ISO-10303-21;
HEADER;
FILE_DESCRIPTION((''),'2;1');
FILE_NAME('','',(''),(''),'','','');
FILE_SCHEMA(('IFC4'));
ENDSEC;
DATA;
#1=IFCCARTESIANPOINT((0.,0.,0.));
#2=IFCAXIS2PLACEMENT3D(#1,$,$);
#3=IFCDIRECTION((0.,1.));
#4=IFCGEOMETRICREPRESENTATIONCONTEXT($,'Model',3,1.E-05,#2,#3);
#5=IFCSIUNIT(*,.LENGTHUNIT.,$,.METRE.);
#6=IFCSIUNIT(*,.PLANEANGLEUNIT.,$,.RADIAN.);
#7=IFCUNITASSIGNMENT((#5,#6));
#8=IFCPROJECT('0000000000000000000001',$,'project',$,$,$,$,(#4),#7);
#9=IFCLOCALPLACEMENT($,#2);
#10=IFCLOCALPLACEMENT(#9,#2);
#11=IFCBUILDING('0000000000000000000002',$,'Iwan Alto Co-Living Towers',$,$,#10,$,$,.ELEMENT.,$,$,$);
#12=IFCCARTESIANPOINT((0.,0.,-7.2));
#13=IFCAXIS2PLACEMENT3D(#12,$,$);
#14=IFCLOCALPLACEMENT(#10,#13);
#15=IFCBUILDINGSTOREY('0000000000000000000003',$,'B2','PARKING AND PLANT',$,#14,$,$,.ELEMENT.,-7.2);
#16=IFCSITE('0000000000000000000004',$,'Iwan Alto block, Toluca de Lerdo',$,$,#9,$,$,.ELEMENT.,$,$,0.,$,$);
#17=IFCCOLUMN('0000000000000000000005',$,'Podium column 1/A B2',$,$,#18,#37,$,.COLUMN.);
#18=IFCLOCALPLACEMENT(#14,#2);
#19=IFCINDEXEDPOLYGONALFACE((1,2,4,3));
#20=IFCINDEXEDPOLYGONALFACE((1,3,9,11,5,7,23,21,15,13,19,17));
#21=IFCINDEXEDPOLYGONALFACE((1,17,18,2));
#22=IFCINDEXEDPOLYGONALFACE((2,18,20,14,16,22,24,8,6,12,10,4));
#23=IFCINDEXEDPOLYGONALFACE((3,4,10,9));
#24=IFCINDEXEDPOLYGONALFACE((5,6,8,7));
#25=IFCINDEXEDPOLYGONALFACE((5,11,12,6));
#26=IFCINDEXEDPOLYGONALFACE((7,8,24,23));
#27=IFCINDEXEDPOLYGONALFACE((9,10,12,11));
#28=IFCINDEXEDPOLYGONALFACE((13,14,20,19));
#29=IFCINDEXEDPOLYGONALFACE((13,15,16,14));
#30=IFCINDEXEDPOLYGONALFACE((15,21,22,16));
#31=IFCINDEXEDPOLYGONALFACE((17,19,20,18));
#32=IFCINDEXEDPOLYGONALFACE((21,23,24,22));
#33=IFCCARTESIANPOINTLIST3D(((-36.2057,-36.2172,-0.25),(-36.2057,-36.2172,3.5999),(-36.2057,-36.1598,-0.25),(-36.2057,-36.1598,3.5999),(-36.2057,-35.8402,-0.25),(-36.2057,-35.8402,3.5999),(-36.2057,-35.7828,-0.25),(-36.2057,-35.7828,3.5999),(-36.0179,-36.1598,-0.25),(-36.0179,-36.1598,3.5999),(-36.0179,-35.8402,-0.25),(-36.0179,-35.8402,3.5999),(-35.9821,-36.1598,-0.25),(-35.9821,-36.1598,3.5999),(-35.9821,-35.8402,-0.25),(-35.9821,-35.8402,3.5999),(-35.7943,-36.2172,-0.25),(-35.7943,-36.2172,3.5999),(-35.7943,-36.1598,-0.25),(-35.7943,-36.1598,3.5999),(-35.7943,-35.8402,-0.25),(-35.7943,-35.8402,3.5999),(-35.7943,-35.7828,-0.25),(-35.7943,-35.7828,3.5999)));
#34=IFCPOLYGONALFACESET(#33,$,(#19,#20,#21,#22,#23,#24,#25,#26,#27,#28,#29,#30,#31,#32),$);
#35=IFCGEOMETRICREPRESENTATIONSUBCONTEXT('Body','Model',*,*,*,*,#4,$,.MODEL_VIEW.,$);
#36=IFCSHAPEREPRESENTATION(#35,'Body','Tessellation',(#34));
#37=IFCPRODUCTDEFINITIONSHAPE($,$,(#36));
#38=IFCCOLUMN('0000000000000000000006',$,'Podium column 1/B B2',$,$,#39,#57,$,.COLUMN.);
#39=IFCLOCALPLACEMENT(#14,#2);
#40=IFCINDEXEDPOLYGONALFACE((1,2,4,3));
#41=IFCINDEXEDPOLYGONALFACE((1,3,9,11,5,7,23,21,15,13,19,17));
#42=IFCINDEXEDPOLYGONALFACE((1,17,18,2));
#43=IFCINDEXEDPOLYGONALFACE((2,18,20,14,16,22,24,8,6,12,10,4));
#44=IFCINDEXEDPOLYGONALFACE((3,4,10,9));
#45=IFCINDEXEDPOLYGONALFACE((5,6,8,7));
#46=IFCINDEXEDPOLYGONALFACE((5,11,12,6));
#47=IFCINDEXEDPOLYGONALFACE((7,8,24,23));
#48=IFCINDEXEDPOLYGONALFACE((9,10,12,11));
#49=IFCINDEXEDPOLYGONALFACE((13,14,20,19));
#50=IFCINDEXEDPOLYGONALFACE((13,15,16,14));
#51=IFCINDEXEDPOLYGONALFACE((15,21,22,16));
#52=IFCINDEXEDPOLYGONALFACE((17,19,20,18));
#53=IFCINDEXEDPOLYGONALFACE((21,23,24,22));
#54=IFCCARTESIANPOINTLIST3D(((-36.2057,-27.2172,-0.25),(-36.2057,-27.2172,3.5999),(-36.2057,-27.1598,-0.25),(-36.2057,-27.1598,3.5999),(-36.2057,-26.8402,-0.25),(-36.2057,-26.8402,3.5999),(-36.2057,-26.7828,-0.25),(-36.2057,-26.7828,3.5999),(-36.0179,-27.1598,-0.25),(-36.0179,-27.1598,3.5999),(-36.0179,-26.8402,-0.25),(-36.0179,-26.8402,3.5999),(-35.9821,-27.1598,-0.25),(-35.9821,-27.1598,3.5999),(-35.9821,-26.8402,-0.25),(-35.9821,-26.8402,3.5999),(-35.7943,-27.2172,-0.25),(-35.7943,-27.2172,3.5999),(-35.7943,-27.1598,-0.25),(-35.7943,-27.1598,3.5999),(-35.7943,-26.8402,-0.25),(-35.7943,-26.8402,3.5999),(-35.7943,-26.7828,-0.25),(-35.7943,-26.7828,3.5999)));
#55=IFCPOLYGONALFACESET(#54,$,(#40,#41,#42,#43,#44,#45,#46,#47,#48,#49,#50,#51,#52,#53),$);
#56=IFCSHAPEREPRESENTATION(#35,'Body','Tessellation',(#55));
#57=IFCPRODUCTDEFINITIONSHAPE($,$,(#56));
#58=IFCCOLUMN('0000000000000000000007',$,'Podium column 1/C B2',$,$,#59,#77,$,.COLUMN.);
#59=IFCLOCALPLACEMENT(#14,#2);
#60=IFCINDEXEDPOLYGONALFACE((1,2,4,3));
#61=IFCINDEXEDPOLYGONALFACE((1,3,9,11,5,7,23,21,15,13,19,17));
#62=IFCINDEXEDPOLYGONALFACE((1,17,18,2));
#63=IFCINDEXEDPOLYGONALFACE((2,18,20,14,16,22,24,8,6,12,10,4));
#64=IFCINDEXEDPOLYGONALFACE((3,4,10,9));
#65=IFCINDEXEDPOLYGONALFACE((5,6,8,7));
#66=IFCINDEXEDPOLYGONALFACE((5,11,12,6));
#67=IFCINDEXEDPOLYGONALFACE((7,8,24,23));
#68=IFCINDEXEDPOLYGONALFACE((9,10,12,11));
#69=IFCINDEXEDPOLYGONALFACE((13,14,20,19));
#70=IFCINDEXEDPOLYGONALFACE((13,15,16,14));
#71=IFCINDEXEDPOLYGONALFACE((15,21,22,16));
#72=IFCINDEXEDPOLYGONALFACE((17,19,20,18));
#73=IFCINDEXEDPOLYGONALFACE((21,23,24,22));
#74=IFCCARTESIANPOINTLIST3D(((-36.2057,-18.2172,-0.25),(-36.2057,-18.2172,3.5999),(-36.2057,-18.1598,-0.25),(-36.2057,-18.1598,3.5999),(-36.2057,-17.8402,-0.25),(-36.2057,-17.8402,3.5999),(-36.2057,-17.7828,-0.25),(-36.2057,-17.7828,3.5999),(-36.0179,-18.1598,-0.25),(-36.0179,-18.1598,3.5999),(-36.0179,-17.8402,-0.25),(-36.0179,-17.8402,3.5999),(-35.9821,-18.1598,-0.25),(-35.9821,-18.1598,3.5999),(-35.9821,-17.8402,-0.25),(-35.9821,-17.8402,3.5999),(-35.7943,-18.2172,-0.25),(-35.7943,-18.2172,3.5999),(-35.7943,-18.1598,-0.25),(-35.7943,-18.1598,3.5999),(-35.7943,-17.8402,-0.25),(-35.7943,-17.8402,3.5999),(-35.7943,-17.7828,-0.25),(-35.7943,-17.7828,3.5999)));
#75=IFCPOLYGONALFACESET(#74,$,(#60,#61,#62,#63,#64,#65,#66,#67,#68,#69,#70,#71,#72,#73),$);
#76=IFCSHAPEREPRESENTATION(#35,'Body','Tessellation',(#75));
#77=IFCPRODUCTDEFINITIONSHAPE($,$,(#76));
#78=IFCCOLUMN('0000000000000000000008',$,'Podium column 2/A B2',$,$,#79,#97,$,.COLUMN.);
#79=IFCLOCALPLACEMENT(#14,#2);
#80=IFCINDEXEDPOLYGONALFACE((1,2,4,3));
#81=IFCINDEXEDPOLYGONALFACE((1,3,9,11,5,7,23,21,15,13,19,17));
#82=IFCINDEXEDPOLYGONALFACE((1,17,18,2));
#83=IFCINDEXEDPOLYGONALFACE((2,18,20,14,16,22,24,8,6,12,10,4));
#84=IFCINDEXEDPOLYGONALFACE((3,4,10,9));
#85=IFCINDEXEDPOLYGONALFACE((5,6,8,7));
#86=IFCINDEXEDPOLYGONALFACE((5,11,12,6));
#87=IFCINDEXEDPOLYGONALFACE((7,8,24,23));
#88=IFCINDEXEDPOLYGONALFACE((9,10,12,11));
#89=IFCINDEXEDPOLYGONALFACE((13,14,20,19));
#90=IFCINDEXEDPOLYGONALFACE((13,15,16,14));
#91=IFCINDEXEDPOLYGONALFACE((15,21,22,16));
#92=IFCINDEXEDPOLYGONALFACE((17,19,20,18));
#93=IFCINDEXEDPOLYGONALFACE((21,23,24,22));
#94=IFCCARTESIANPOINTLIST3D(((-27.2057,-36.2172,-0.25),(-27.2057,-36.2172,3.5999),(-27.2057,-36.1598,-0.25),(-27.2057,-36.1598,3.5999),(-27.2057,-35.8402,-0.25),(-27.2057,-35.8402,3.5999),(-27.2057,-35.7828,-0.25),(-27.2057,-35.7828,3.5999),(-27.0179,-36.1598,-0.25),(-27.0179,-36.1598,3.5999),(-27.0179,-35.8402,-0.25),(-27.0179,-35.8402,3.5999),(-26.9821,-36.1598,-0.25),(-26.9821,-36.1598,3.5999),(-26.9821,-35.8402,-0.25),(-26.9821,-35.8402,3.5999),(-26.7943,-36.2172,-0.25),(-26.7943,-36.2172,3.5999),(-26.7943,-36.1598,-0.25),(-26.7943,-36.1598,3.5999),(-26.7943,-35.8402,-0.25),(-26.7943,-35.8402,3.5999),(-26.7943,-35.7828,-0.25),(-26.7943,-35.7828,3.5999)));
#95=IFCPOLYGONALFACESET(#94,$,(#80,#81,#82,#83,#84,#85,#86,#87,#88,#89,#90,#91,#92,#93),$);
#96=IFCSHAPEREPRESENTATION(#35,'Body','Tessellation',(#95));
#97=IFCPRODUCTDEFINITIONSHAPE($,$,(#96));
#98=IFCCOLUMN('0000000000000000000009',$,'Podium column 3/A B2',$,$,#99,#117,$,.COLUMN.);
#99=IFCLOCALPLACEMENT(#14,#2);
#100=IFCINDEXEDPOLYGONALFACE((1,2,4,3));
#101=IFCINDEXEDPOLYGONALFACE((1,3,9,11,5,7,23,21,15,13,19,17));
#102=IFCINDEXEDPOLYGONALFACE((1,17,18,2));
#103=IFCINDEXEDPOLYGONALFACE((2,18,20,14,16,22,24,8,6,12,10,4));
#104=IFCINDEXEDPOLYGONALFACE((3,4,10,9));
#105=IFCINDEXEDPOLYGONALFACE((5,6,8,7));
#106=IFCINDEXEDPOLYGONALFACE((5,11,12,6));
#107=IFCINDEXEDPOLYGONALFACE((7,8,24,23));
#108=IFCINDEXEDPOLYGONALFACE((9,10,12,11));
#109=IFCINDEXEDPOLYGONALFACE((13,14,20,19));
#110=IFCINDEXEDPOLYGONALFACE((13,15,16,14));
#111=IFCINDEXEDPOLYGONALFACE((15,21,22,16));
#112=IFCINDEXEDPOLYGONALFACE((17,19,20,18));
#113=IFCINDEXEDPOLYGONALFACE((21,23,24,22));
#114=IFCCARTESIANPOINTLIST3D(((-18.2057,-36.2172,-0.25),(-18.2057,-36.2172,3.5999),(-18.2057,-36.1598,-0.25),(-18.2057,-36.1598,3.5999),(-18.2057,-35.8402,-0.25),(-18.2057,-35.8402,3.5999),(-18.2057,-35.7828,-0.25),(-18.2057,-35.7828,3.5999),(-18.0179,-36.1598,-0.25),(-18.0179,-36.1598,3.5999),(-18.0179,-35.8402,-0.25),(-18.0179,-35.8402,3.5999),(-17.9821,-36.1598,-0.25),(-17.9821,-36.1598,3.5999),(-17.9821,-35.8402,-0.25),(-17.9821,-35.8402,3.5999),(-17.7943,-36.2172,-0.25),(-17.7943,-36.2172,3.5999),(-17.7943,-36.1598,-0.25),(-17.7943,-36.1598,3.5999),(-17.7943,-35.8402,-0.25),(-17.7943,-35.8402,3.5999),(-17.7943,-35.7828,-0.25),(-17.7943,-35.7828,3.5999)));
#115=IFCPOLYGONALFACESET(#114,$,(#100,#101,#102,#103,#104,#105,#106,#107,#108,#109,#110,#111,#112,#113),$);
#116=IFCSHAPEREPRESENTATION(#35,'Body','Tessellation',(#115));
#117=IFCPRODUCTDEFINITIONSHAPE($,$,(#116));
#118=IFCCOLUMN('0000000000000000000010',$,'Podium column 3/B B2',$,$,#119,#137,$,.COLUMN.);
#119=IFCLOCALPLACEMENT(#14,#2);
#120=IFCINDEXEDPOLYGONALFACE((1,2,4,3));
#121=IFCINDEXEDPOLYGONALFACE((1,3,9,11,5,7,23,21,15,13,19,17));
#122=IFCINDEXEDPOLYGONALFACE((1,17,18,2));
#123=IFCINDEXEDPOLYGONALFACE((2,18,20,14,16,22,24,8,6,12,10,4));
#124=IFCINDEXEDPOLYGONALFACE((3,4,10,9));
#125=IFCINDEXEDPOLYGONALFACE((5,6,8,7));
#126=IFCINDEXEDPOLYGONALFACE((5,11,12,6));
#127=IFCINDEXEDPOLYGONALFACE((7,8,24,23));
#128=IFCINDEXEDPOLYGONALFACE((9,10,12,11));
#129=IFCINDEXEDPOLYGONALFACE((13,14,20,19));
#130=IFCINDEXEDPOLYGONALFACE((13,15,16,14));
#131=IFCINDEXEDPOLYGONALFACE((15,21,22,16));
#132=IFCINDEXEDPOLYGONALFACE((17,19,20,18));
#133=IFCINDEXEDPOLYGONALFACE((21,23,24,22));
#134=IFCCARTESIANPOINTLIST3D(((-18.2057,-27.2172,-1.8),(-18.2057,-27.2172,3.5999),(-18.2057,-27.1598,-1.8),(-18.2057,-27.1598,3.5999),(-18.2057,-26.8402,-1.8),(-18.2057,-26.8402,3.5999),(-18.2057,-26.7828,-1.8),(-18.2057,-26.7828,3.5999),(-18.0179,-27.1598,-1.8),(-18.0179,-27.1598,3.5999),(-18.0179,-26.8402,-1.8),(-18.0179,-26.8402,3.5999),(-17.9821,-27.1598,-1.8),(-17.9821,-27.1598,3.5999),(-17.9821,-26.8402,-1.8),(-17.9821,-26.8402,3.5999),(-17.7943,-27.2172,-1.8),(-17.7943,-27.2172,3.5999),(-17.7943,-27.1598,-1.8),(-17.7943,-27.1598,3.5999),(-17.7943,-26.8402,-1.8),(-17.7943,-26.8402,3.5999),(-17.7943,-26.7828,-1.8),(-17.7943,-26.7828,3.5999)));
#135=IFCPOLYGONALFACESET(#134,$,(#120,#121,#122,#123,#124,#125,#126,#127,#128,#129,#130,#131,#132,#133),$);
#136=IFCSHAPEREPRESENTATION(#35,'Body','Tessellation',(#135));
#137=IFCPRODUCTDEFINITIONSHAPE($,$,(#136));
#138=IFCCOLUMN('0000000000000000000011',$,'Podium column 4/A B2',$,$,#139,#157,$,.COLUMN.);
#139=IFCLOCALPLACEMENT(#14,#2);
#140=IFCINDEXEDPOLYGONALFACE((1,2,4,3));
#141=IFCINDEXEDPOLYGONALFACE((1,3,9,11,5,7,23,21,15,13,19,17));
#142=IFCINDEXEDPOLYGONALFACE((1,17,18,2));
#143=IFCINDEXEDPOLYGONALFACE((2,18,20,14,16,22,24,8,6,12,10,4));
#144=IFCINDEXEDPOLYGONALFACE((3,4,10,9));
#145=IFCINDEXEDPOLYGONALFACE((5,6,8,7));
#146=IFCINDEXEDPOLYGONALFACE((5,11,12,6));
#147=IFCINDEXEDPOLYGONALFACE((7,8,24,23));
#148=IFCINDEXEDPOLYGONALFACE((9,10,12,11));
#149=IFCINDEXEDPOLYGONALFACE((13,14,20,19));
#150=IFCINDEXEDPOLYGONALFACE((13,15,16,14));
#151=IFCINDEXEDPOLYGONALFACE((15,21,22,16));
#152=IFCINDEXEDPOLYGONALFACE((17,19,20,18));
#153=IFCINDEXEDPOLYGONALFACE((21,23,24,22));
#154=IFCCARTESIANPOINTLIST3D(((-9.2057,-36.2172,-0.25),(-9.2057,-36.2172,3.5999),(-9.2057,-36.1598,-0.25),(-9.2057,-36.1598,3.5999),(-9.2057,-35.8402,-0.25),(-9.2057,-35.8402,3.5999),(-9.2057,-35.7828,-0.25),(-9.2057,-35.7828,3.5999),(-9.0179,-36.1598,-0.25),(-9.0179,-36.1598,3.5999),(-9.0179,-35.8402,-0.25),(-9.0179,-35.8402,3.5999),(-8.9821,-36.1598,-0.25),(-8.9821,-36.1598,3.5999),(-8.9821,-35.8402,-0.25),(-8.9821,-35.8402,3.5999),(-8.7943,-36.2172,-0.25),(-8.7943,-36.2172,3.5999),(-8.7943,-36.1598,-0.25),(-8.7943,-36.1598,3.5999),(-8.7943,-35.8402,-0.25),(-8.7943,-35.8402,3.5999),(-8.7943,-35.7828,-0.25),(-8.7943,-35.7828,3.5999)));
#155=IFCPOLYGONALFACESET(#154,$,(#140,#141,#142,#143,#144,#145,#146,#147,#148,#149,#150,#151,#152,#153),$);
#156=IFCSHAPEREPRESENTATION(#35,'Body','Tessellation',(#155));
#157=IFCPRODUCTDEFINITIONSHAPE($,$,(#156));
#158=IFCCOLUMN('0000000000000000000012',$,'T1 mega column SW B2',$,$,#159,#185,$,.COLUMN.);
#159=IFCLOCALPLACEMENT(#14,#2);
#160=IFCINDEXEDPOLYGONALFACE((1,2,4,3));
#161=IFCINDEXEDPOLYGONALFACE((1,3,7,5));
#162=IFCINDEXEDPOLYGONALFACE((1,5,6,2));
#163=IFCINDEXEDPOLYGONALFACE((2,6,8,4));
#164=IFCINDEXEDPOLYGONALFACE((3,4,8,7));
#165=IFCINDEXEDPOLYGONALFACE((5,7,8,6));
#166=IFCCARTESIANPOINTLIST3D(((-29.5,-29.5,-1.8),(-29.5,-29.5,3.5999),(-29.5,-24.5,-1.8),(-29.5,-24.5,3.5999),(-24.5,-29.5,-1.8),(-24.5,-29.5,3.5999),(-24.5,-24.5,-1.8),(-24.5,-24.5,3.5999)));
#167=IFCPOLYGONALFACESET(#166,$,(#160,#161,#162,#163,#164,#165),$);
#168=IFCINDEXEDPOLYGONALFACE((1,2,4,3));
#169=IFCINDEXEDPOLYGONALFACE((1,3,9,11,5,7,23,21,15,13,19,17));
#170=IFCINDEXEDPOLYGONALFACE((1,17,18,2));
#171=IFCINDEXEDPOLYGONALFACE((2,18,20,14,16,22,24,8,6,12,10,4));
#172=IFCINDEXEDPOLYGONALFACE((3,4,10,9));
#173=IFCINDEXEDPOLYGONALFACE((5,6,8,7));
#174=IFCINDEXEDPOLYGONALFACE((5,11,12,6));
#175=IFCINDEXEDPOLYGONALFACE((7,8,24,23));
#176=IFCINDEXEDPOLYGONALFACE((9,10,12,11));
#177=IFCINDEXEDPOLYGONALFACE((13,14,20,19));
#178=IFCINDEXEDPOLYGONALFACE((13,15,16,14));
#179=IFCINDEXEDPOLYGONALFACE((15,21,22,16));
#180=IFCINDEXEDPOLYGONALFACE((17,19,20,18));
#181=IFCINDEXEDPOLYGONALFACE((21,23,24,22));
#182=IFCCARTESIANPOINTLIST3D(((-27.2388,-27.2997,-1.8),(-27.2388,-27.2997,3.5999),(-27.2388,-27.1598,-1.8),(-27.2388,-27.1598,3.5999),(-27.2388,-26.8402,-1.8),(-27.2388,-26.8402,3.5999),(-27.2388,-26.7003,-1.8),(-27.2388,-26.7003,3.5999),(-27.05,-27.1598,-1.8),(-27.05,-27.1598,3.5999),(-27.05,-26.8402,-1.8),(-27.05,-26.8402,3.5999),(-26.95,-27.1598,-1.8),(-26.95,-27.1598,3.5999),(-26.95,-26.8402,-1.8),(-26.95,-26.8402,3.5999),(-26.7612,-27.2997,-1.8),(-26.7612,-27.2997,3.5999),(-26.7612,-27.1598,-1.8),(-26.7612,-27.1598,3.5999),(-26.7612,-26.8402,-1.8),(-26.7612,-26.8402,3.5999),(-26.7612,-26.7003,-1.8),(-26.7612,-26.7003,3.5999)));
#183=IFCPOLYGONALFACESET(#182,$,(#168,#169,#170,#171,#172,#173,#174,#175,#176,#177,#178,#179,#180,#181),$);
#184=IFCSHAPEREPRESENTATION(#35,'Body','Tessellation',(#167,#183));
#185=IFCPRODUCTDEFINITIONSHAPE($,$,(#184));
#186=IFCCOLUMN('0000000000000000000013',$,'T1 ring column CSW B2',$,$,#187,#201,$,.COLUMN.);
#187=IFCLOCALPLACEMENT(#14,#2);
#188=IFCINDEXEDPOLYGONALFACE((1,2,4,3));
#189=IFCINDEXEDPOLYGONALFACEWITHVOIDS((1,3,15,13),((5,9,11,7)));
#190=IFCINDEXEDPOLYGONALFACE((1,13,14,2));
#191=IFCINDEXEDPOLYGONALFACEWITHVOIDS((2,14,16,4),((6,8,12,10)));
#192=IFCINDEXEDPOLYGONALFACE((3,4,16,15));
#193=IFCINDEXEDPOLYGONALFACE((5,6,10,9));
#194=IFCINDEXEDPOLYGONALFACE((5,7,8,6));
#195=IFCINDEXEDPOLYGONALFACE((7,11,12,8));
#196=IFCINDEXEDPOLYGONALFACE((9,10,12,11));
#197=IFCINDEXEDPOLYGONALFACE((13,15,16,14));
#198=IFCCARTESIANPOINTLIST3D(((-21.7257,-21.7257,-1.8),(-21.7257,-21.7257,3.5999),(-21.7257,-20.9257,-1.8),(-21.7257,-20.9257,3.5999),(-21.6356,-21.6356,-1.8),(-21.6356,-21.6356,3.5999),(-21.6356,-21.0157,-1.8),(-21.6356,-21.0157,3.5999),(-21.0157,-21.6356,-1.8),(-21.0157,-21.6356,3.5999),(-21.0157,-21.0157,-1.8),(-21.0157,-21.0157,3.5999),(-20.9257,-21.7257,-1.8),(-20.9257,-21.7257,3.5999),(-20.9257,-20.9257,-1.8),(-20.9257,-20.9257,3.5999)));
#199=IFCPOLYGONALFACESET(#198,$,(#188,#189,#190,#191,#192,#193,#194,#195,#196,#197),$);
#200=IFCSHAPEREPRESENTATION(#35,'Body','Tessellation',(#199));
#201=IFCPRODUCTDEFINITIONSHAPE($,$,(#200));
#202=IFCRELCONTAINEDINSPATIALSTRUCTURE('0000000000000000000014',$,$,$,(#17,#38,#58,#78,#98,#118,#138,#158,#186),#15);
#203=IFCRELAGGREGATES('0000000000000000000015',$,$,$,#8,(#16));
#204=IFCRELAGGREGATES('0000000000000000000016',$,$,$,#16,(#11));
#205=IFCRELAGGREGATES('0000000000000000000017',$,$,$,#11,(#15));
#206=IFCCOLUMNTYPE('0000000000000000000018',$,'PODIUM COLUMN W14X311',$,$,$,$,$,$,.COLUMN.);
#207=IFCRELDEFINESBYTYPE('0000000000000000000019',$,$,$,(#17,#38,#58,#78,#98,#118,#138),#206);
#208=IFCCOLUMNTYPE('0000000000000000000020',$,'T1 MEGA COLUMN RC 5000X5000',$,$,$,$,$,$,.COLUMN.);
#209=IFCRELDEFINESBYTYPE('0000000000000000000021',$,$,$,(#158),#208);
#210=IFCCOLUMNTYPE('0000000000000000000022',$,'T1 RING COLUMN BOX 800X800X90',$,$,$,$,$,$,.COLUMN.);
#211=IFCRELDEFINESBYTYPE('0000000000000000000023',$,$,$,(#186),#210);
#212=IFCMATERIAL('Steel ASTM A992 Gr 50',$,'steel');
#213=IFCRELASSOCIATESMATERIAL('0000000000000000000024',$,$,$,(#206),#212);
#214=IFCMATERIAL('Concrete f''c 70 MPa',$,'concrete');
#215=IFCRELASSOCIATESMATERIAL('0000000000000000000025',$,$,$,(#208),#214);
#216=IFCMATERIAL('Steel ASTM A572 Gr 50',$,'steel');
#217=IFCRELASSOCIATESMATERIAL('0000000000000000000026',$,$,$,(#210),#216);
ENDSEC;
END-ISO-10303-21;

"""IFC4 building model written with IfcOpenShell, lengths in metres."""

from ifc_helpers import new_model, si_unit, direction, frame, origin, origin_2d, place, context, subcontext, project, spatial, rectangle, hollow_rectangle, i_section, extrude, material, material_profile, profile_set, type_object, element, save


model = new_model("IFC4")

# Units and contexts
model_context = context("Model", 3, precision=1e-05, world=origin(), true_north=direction((0.0, 1.0)))
body_context = subcontext(model_context, "Body", "Model", "MODEL_VIEW")
ifc_project = project(units=[si_unit("LENGTHUNIT", "METRE"), si_unit("PLANEANGLEUNIT", "RADIAN")], contexts=[model_context])

# Site, building, storey
site_placement = place(None, origin())
site = spatial("IfcSite", under=ifc_project, at=site_placement, Name="Iwan Alto block, Toluca de Lerdo", CompositionType="ELEMENT", RefElevation=0.0)
building_placement = place(site_placement, origin())
building = spatial("IfcBuilding", under=site, at=building_placement, Name="Iwan Alto Co-Living Towers", CompositionType="ELEMENT")
storey_placement = place(building_placement, frame((0.0, 0.0, -7.2)))
storey = spatial("IfcBuildingStorey", under=building, at=storey_placement, Name="B2", Description="PARKING AND PLANT", CompositionType="ELEMENT", Elevation=-7.2)

# Columns
ifc_material_1 = material(Name="Steel ASTM A992 Gr 50", Category="steel")
ifc_material_profile_1 = material_profile(ifc_material_1, i_section(OverallWidth=0.4114, OverallDepth=0.4343, WebThickness=0.0359, FlangeThickness=0.0574, at=origin_2d()), Name="W14X311")
ifc_profile_set_1 = profile_set([ifc_material_profile_1], Name="Steel ASTM A992 Gr 50")
column_type_1 = type_object("IfcColumnType", Name="PODIUM COLUMN W14X311", PredefinedType="COLUMN", material=ifc_profile_set_1)
for number, where, z_axis, x_axis, name in (
    (1, (-36.0, -36.0, -0.25), (0.0, 0.0, 1.0), (1.0, 0.0, 0.0), "Podium column 1/A B2"),
    (2, (-36.0, -27.0, -0.25), (0.0, 0.0, 1.0), (1.0, 0.0, 0.0), "Podium column 1/B B2"),
    (3, (-36.0, -18.0, -0.25), (0.0, 0.0, 1.0), (1.0, 0.0, 0.0), "Podium column 1/C B2"),
    (4, (-27.0, -36.0, -0.25), (0.0, 0.0, 1.0), (1.0, 0.0, 0.0), "Podium column 2/A B2"),
    (5, (-18.0, -36.0, -0.25), (0.0, 0.0, 1.0), (1.0, 0.0, 0.0), "Podium column 3/A B2"),
):
    element("IfcColumn", number, at=place(storey_placement, frame(where, z_axis=z_axis, x_axis=x_axis)), inside=storey, type_object=column_type_1, Name=name, PredefinedType="COLUMN", context=body_context, shape_type="SweptSolid", body=[
        extrude(i_section(OverallWidth=0.4114, OverallDepth=0.4343, WebThickness=0.0359, FlangeThickness=0.0574, at=origin_2d()), origin(), (0.0, 0.0, 1.0), 3.8499),
    ])
column_1_placement = place(storey_placement, frame((-18.0, -27.0, -1.8), z_axis=(0.0, 0.0, 1.0), x_axis=(1.0, 0.0, 0.0)))
element("IfcColumn", 6, at=column_1_placement, inside=storey, type_object=column_type_1, Name="Podium column 3/B B2", PredefinedType="COLUMN", context=body_context, shape_type="SweptSolid", body=[
    extrude(i_section(OverallWidth=0.4114, OverallDepth=0.4343, WebThickness=0.0359, FlangeThickness=0.0574, at=origin_2d()), origin(), (0.0, 0.0, 1.0), 5.3999),
])
column_2_placement = place(storey_placement, frame((-9.0, -36.0, -0.25), z_axis=(0.0, 0.0, 1.0), x_axis=(1.0, 0.0, 0.0)))
element("IfcColumn", 7, at=column_2_placement, inside=storey, type_object=column_type_1, Name="Podium column 4/A B2", PredefinedType="COLUMN", context=body_context, shape_type="SweptSolid", body=[
    extrude(i_section(OverallWidth=0.4114, OverallDepth=0.4343, WebThickness=0.0359, FlangeThickness=0.0574, at=origin_2d()), origin(), (0.0, 0.0, 1.0), 3.8499),
])
ifc_material_2 = material(Name="Concrete f'c 70 MPa", Category="concrete")
ifc_material_profile_2 = material_profile(ifc_material_2, rectangle(XDim=5.0, YDim=5.0, at=origin_2d()), Name="RC 5000X5000")
ifc_profile_set_2 = profile_set([ifc_material_profile_2], Name="Concrete f'c 70 MPa")
column_type_2 = type_object("IfcColumnType", Name="T1 MEGA COLUMN RC 5000X5000", PredefinedType="COLUMN", material=ifc_profile_set_2)
column_3_placement = place(storey_placement, frame((-27.0, -27.0, -1.8), z_axis=(0.0, 0.0, 1.0), x_axis=(1.0, 0.0, 0.0)))
element("IfcColumn", 8, at=column_3_placement, inside=storey, type_object=column_type_2, Name="T1 mega column SW B2", PredefinedType="COLUMN", context=body_context, shape_type="SweptSolid", body=[
    extrude(rectangle(XDim=5.0, YDim=5.0, at=origin_2d()), origin(), (0.0, 0.0, 1.0), 5.3999),
    extrude(i_section(OverallWidth=0.4775, OverallDepth=0.5994, WebThickness=0.1001, FlangeThickness=0.1399, at=origin_2d()), origin(), (0.0, 0.0, 1.0), 5.3999),
])
ifc_material_3 = material(Name="Steel ASTM A572 Gr 50", Category="steel")
ifc_material_profile_3 = material_profile(ifc_material_3, hollow_rectangle(XDim=0.8, YDim=0.8, WallThickness=0.0901, at=origin_2d()), Name="BOX 800X800X90")
ifc_profile_set_3 = profile_set([ifc_material_profile_3], Name="Steel ASTM A572 Gr 50")
column_type_3 = type_object("IfcColumnType", Name="T1 RING COLUMN BOX 800X800X90", PredefinedType="COLUMN", material=ifc_profile_set_3)
for number, where, z_axis, x_axis, name in (
    (9, (-21.3257, -21.3257, -1.8), (0.0, 0.0, 1.0), (1.0, 0.0, 0.0), "T1 ring column CSW B2"),
):
    element("IfcColumn", number, at=place(storey_placement, frame(where, z_axis=z_axis, x_axis=x_axis)), inside=storey, type_object=column_type_3, Name=name, PredefinedType="COLUMN", context=body_context, shape_type="SweptSolid", body=[
        extrude(hollow_rectangle(XDim=0.8, YDim=0.8, WallThickness=0.0901, at=origin_2d()), origin(), (0.0, 0.0, 1.0), 5.3999),
    ])

save(model, "model.ifc")
